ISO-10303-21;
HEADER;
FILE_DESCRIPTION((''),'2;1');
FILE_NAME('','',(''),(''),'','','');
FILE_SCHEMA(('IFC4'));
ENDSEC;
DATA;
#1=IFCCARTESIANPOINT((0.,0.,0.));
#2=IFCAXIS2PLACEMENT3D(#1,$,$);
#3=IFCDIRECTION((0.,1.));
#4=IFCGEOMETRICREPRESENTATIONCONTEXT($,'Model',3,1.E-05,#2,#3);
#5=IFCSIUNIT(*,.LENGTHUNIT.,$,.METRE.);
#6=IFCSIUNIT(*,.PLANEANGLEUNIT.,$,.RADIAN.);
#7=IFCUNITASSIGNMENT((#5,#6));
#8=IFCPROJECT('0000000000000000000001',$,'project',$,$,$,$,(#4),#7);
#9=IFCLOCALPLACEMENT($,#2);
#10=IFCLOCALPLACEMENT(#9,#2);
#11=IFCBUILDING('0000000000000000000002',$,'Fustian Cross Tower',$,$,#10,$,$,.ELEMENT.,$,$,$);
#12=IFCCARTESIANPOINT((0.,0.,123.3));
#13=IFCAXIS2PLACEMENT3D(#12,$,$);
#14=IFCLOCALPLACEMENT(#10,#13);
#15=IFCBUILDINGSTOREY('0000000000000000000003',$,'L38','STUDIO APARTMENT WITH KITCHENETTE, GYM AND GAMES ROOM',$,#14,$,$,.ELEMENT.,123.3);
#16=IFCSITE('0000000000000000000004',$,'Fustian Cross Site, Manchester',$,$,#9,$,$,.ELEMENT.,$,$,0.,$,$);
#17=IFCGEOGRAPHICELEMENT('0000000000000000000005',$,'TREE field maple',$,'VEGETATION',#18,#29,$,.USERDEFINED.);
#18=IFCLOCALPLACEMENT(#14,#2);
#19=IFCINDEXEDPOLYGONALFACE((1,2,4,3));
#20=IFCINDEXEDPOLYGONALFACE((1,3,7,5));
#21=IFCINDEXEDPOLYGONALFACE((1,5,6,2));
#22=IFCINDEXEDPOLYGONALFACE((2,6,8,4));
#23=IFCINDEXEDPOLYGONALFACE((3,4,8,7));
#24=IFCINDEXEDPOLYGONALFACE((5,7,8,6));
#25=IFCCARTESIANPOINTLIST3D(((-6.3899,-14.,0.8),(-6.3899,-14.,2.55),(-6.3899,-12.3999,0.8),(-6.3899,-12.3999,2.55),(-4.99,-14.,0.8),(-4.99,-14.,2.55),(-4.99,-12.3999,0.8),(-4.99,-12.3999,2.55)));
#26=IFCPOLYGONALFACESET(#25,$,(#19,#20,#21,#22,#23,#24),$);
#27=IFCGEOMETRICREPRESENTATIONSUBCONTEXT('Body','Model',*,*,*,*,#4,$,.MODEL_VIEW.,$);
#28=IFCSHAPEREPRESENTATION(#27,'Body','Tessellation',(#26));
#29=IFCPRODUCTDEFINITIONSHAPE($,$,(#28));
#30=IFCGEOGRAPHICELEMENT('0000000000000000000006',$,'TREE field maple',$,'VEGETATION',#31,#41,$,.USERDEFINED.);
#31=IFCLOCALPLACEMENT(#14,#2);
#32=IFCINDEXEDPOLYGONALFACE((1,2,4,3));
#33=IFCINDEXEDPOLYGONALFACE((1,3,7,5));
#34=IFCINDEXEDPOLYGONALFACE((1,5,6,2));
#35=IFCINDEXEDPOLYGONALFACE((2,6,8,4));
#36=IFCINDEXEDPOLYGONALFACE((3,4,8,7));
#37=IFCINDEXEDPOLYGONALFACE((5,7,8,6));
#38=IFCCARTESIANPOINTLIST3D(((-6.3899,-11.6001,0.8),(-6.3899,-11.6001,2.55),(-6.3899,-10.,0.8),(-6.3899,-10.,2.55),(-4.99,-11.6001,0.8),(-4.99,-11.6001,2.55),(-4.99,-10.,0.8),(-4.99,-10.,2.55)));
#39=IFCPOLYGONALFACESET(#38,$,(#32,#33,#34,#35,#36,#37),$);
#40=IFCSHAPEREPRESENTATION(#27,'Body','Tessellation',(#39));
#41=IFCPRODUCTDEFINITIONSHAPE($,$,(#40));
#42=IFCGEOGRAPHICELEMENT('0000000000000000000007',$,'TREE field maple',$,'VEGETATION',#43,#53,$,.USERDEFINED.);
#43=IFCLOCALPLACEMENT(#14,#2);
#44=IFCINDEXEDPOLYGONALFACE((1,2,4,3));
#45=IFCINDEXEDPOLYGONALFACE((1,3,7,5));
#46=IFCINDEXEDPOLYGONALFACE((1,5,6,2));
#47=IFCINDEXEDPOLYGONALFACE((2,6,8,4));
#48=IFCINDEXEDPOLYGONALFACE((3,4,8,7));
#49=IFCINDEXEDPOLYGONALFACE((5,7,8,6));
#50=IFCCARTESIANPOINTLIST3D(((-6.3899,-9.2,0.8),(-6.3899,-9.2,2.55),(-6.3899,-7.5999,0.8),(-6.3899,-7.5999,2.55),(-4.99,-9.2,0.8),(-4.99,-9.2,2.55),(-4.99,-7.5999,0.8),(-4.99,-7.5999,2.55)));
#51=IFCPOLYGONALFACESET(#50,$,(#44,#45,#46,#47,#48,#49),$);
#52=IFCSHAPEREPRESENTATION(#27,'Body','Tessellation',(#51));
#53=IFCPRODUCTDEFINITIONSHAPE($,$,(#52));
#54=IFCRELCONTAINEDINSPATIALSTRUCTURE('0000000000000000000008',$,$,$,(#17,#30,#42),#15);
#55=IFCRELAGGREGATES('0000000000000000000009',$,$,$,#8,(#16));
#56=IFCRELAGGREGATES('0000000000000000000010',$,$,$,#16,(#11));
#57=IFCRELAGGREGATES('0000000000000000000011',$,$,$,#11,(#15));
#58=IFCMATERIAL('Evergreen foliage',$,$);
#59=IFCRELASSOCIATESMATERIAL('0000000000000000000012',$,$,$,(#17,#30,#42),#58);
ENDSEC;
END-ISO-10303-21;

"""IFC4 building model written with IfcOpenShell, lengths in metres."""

from ifc_helpers import new_model, si_unit, direction, frame, origin, origin_2d, place, context, subcontext, project, spatial, rectangle, extrude, material, element, save


model = new_model("IFC4")

# Units and contexts
model_context = context("Model", 3, precision=1e-05, world=origin(), true_north=direction((0.0, 1.0)))
body_context = subcontext(model_context, "Body", "Model", "MODEL_VIEW")
ifc_project = project(units=[si_unit("LENGTHUNIT", "METRE"), si_unit("PLANEANGLEUNIT", "RADIAN")], contexts=[model_context])

# Site, building, storey
site_placement = place(None, origin())
site = spatial("IfcSite", under=ifc_project, at=site_placement, Name="Fustian Cross Site, Manchester", CompositionType="ELEMENT", RefElevation=0.0)
building_placement = place(site_placement, origin())
building = spatial("IfcBuilding", under=site, at=building_placement, Name="Fustian Cross Tower", CompositionType="ELEMENT")
storey_placement = place(building_placement, frame((0.0, 0.0, 123.3)))
storey = spatial("IfcBuildingStorey", under=building, at=storey_placement, Name="L38", Description="STUDIO APARTMENT WITH KITCHENETTE, GYM AND GAMES ROOM", CompositionType="ELEMENT", Elevation=123.3)

# Geographic elements
ifc_material_1 = material(Name="Evergreen foliage")
for number, where, z_axis, x_axis, name in (
    (1, (-5.6899, -13.2, 0.8), (0.0, 0.0, 1.0), (1.0, 0.0, 0.0), "TREE field maple"),
    (2, (-5.6899, -10.8, 0.8), (0.0, 0.0, 1.0), (1.0, 0.0, 0.0), "TREE field maple"),
    (3, (-5.6899, -8.3999, 0.8), (0.0, 0.0, 1.0), (1.0, 0.0, 0.0), "TREE field maple"),
):
    element("IfcGeographicElement", number, at=place(storey_placement, frame(where, z_axis=z_axis, x_axis=x_axis)), inside=storey, material=ifc_material_1, Name=name, ObjectType="VEGETATION", PredefinedType="USERDEFINED", context=body_context, shape_type="SweptSolid", body=[
        extrude(rectangle(XDim=1.3999, YDim=1.6001, at=origin_2d()), origin(), (0.0, 0.0, 1.0), 1.75),
    ])

save(model, "model.ifc")
